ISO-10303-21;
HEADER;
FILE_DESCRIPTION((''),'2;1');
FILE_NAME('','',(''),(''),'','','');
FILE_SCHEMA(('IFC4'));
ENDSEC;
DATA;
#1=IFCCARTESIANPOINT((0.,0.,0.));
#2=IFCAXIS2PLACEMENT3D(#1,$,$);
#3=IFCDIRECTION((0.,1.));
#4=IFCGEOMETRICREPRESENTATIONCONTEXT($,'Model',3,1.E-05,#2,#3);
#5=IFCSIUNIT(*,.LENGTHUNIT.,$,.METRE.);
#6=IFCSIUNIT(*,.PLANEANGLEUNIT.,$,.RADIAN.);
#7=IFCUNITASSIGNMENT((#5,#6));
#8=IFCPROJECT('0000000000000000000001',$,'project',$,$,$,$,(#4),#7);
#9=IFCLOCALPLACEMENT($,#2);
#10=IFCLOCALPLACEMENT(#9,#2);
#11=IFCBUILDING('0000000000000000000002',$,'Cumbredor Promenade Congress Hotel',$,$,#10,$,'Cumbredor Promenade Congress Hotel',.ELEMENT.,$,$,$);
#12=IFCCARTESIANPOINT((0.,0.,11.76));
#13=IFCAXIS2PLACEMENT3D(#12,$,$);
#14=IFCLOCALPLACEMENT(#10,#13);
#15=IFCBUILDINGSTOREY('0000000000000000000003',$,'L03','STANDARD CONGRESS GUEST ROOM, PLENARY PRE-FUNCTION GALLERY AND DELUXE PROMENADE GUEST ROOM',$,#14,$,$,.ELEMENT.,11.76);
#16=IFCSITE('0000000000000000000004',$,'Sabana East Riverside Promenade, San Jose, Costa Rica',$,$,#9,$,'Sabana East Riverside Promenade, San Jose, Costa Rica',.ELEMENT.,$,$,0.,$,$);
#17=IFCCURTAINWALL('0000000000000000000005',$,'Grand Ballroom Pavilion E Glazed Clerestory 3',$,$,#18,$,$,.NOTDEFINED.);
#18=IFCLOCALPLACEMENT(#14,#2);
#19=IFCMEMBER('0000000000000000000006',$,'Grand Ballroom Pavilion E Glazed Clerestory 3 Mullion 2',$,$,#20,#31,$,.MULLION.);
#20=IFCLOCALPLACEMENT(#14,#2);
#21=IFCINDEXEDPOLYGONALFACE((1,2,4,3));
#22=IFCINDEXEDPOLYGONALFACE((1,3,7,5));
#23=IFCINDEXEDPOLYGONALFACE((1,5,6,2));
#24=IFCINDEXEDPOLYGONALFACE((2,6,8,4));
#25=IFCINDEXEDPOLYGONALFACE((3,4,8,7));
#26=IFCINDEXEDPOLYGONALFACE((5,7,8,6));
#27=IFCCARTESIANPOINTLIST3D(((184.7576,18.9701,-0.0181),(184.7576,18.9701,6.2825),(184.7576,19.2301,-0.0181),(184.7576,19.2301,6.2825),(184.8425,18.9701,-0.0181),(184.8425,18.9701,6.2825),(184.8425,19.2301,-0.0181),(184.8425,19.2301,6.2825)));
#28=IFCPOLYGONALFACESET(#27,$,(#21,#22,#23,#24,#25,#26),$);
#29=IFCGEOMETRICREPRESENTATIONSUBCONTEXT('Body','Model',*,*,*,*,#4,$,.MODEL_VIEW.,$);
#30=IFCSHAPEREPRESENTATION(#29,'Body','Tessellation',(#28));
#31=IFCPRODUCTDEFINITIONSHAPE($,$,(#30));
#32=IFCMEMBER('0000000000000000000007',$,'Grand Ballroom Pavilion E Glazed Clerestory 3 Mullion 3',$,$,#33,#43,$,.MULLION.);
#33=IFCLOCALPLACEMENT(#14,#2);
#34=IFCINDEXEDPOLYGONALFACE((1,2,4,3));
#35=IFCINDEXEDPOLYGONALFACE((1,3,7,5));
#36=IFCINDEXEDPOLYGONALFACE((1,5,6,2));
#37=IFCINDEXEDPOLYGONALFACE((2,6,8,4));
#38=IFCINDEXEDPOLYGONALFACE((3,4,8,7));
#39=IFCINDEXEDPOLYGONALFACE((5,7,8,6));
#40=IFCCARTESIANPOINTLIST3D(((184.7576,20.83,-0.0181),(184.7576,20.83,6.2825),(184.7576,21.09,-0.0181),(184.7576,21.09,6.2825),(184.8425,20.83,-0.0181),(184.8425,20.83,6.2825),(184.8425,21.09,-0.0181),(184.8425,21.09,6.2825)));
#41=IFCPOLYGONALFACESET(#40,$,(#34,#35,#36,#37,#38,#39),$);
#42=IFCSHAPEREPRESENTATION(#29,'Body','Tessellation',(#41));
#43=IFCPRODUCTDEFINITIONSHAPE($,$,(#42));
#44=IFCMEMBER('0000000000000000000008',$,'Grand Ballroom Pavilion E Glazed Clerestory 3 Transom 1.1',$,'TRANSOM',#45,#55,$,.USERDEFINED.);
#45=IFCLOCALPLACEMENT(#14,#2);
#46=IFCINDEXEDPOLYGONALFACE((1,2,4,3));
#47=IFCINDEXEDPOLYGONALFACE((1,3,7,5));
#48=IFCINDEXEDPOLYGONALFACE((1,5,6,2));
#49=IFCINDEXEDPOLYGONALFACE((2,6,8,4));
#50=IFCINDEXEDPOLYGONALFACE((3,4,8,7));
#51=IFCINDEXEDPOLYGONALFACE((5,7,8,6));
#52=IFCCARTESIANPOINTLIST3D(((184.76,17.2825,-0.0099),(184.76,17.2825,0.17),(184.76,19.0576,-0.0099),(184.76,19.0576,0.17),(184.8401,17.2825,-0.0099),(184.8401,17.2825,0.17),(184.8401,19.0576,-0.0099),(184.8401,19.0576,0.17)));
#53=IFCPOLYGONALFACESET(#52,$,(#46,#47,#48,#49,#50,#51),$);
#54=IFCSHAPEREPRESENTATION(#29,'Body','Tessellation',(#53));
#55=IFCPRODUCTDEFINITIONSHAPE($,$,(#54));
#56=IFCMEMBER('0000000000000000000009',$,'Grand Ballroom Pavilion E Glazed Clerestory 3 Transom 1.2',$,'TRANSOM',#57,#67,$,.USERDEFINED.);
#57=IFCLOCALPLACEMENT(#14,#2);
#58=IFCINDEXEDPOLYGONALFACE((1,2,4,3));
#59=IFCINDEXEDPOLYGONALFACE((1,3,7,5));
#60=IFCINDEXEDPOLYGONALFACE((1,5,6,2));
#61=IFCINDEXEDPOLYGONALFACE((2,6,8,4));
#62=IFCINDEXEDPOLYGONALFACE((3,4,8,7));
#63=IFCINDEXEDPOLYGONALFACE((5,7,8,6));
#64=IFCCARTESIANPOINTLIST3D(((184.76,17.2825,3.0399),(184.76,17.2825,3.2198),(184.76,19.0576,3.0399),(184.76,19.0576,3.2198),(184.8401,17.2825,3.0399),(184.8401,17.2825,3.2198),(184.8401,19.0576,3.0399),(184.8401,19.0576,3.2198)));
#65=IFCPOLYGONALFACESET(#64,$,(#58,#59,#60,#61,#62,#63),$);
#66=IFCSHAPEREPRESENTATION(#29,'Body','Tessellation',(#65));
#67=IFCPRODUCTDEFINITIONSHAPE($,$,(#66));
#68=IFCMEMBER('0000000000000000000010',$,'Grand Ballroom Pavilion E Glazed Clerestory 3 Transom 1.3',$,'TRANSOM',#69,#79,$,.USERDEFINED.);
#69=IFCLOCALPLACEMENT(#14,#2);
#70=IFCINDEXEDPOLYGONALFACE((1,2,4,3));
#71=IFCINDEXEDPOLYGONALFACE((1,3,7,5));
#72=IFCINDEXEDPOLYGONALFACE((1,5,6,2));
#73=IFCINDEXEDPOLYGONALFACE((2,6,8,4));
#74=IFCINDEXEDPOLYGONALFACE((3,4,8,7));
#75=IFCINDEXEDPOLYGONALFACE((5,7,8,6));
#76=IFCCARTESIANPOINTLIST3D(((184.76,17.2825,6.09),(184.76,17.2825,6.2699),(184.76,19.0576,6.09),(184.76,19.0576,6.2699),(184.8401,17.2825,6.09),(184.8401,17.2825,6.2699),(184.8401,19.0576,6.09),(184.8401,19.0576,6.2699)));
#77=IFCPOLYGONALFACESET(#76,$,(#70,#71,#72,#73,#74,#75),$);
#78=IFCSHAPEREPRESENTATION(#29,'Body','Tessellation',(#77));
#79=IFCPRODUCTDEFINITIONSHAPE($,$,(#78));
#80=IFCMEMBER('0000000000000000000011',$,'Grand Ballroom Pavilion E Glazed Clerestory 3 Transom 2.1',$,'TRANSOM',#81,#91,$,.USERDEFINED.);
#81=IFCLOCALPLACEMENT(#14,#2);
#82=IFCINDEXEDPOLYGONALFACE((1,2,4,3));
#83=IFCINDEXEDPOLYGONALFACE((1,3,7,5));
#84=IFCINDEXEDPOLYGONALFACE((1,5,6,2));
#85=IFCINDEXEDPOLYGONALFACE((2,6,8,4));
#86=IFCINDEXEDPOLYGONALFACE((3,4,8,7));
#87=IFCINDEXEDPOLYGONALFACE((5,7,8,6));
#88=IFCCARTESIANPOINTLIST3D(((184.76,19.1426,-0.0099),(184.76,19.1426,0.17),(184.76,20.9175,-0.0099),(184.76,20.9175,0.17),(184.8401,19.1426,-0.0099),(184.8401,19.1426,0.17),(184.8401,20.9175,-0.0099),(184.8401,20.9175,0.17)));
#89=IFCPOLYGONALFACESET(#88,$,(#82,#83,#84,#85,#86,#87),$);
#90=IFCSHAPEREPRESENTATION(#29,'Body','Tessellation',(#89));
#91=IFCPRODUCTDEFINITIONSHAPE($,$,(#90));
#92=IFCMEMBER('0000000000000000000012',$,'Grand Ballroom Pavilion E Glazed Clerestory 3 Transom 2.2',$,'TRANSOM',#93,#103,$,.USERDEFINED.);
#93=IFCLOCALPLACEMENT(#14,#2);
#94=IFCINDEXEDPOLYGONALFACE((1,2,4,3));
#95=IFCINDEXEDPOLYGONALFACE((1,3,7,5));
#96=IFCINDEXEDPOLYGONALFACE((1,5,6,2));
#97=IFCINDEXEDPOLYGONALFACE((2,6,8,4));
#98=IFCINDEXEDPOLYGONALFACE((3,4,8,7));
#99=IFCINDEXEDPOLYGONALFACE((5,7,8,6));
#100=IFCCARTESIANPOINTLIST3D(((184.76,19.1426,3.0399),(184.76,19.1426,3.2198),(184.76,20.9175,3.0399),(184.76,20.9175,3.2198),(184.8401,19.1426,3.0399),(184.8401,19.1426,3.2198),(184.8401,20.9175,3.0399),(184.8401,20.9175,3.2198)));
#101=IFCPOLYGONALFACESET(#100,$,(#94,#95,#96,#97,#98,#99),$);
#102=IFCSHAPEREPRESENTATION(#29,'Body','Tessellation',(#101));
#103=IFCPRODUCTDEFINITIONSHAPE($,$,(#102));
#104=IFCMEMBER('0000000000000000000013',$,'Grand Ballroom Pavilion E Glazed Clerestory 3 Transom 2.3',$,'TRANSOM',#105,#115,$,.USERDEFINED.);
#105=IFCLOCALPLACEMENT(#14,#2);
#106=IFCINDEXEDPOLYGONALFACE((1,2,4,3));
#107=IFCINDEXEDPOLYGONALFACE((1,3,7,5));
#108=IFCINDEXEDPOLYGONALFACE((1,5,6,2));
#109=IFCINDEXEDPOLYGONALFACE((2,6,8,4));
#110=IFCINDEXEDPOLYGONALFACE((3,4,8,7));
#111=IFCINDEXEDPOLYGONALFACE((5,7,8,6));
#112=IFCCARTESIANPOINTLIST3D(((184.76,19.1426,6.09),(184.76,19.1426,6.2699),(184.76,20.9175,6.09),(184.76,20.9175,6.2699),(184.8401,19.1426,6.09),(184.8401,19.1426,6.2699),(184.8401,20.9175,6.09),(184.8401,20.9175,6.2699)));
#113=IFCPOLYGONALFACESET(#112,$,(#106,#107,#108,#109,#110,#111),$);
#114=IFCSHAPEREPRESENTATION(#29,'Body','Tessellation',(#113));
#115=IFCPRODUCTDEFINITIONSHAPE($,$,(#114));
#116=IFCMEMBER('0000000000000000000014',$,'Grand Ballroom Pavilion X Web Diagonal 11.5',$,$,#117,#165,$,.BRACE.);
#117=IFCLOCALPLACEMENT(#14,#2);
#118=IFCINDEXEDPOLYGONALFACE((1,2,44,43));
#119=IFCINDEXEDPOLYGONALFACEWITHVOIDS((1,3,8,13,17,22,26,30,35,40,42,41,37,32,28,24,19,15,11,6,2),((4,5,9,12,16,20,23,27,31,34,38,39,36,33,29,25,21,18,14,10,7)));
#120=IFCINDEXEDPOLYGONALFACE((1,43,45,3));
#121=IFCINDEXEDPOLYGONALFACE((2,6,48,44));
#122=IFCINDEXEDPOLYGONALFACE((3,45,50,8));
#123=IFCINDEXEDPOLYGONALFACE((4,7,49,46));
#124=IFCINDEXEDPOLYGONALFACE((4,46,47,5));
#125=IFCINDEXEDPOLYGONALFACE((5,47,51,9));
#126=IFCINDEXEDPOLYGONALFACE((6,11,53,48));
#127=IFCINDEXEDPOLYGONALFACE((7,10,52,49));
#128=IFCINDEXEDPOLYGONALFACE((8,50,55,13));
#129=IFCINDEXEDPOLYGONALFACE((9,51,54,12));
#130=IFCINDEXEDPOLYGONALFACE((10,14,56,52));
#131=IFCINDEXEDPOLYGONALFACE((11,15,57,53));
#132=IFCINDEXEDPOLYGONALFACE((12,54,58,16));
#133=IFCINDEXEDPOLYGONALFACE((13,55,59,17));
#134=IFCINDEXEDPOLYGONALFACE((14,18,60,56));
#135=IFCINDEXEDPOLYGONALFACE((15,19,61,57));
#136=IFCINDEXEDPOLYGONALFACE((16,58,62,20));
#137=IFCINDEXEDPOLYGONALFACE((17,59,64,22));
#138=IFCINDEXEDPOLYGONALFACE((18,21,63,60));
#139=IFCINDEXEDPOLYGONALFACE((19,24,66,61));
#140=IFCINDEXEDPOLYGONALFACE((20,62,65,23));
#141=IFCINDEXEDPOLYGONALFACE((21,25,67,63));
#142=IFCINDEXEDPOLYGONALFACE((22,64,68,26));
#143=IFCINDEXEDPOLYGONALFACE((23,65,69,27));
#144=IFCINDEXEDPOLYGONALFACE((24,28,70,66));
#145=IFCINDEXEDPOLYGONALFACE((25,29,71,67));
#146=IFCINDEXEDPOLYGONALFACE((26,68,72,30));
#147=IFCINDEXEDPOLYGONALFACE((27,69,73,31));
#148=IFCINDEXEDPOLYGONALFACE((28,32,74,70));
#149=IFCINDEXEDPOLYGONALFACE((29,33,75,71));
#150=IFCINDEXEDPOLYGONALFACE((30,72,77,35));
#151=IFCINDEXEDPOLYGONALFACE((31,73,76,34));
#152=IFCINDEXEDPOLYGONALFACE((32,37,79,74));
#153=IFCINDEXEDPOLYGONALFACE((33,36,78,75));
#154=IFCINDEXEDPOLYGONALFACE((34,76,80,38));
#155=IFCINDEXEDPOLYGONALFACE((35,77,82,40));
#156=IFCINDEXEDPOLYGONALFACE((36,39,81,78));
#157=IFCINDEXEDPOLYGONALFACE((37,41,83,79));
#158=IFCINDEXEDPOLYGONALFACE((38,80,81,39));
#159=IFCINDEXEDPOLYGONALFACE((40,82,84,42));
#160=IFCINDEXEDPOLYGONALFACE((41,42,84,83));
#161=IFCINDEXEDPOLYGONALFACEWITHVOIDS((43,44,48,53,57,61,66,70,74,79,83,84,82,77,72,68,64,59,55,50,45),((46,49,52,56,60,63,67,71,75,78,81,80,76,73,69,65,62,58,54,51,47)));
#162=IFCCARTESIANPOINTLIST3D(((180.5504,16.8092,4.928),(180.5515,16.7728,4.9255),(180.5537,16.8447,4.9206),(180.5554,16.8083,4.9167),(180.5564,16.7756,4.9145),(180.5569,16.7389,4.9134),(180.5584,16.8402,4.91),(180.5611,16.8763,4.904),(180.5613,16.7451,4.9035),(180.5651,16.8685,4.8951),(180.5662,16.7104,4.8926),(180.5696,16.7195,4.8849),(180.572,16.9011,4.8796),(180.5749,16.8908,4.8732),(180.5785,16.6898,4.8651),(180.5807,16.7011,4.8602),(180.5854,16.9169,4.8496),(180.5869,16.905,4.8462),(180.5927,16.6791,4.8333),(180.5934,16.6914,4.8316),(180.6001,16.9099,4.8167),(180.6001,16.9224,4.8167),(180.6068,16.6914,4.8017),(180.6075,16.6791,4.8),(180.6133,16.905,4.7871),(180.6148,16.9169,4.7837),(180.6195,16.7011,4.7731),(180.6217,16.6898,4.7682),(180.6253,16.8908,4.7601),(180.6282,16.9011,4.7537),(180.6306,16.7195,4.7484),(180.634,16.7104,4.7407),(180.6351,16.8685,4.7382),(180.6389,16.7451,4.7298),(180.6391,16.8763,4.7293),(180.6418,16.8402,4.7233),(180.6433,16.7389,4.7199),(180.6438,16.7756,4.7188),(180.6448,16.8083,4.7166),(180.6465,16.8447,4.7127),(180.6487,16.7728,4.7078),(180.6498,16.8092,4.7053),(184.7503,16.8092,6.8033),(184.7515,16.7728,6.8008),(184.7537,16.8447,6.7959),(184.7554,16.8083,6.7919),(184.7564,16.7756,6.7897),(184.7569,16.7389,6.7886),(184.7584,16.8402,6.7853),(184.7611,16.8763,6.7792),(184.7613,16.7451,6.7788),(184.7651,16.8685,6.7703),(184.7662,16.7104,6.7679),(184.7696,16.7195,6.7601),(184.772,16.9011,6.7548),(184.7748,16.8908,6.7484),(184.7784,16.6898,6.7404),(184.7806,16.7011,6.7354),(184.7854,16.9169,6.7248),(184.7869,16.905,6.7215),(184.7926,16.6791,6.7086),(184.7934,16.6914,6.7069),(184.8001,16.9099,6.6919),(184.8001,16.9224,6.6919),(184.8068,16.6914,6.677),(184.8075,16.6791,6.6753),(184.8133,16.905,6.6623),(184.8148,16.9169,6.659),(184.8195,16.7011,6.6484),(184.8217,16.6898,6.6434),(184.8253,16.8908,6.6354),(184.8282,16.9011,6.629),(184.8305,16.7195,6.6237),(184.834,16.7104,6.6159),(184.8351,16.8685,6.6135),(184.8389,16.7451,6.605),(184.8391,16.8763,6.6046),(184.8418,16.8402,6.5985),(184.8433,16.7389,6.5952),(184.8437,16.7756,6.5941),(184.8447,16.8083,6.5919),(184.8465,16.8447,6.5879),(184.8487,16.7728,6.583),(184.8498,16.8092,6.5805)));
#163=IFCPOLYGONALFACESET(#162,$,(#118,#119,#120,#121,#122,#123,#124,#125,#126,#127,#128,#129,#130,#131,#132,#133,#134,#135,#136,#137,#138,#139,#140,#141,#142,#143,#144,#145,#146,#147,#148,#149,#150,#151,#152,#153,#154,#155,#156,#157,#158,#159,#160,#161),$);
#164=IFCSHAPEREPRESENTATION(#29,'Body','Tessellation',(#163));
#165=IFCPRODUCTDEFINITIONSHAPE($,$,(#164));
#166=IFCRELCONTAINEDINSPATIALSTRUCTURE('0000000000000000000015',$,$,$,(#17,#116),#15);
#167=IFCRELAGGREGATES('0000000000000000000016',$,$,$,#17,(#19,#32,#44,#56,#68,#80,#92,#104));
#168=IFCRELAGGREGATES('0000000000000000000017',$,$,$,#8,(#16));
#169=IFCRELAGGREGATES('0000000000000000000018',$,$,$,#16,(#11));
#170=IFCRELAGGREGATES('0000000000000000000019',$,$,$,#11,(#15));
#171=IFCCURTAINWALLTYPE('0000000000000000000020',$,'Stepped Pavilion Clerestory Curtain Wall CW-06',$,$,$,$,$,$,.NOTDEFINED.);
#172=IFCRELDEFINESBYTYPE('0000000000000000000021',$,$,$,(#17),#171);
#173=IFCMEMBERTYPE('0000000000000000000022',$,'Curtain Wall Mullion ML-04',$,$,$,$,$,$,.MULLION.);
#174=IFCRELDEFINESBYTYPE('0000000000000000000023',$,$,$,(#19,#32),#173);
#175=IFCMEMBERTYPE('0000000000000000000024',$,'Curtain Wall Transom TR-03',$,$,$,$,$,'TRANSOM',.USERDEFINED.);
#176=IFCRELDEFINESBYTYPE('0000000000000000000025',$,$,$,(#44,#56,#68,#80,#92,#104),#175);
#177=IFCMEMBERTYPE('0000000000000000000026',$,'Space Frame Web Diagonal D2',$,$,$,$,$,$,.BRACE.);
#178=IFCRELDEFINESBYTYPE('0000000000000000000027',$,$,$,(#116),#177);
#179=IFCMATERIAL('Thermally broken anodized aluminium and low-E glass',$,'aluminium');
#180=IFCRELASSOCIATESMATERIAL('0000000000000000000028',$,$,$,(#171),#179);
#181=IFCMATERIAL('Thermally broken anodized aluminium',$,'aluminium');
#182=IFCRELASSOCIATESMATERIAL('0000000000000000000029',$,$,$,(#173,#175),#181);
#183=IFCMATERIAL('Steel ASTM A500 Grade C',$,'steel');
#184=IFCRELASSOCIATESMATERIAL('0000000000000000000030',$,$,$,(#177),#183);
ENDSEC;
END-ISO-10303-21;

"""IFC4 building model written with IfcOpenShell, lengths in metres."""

from ifc_helpers import new_model, si_unit, direction, frame, origin, origin_2d, place, context, subcontext, project, spatial, rectangle, hollow_circle, extrude, material, material_profile, profile_set, type_object, element, aggregate, save


model = new_model("IFC4")

# Units and contexts
model_context = context("Model", 3, precision=1e-05, world=origin(), true_north=direction((0.0, 1.0)))
body_context = subcontext(model_context, "Body", "Model", "MODEL_VIEW")
ifc_project = project(units=[si_unit("LENGTHUNIT", "METRE"), si_unit("PLANEANGLEUNIT", "RADIAN")], contexts=[model_context])

# Site, building, storey
site_placement = place(None, origin())
site = spatial("IfcSite", under=ifc_project, at=site_placement, Name="Sabana East Riverside Promenade, San Jose, Costa Rica", LongName="Sabana East Riverside Promenade, San Jose, Costa Rica", CompositionType="ELEMENT", RefElevation=0.0)
building_placement = place(site_placement, origin())
building = spatial("IfcBuilding", under=site, at=building_placement, Name="Cumbredor Promenade Congress Hotel", LongName="Cumbredor Promenade Congress Hotel", CompositionType="ELEMENT")
storey_placement = place(building_placement, frame((0.0, 0.0, 11.76)))
storey = spatial("IfcBuildingStorey", under=building, at=storey_placement, Name="L03", Description="STANDARD CONGRESS GUEST ROOM, PLENARY PRE-FUNCTION GALLERY AND DELUXE PROMENADE GUEST ROOM", CompositionType="ELEMENT", Elevation=11.76)

# Shared definitions
ifc_material_1 = material(Name="Steel ASTM A500 Grade C", Category="steel")

# Shared definitions
ifc_material_2 = material(Name="Thermally broken anodized aluminium and low-E glass", Category="aluminium")
curtain_wall_type = type_object("IfcCurtainWallType", Name="Stepped Pavilion Clerestory Curtain Wall CW-06", PredefinedType="NOTDEFINED", material=ifc_material_2)
ifc_material_3 = material(Name="Thermally broken anodized aluminium", Category="aluminium")
ifc_material_profile_1 = material_profile(ifc_material_3, rectangle(XDim=0.085, YDim=0.26, at=origin_2d()), Name="ALU MULLION CLERESTORY 85x260")
ifc_profile_set_1 = profile_set([ifc_material_profile_1], Name="Thermally broken anodized aluminium")
member_type_1 = type_object("IfcMemberType", Name="Curtain Wall Mullion ML-04", PredefinedType="MULLION", material=ifc_profile_set_1)

# Curtain wall, members
curtain_wall_1_placement = place(storey_placement, origin())
curtain_wall_1 = element("IfcCurtainWall", 1, at=curtain_wall_1_placement, inside=storey, type_object=curtain_wall_type, Name="Grand Ballroom Pavilion E Glazed Clerestory 3", PredefinedType="NOTDEFINED")
member_1_placement = place(storey_placement, frame((184.8, 19.1001, -0.0181), z_axis=(0.0, 0.0, 1.0), x_axis=(1.0, 0.0, 0.0)))
member_1 = element("IfcMember", 2, at=member_1_placement, type_object=member_type_1, Name="Grand Ballroom Pavilion E Glazed Clerestory 3 Mullion 2", PredefinedType="MULLION", context=body_context, shape_type="SweptSolid", body=[
    extrude(rectangle(XDim=0.085, YDim=0.26, at=origin_2d()), origin(), (0.0, 0.0, 1.0), 6.3005),
])
member_2_placement = place(storey_placement, frame((184.8, 20.96, -0.0181), z_axis=(0.0, 0.0, 1.0), x_axis=(1.0, 0.0, 0.0)))
member_2 = element("IfcMember", 3, at=member_2_placement, type_object=member_type_1, Name="Grand Ballroom Pavilion E Glazed Clerestory 3 Mullion 3", PredefinedType="MULLION", context=body_context, shape_type="SweptSolid", body=[
    extrude(rectangle(XDim=0.085, YDim=0.26, at=origin_2d()), origin(), (0.0, 0.0, 1.0), 6.3005),
])
ifc_material_profile_2 = material_profile(ifc_material_3, rectangle(XDim=0.0801, YDim=0.1799, at=origin_2d()), Name="ALU TRANSOM 80x180")
ifc_profile_set_2 = profile_set([ifc_material_profile_2], Name="Thermally broken anodized aluminium")
member_type_2 = type_object("IfcMemberType", Name="Curtain Wall Transom TR-03", ElementType="TRANSOM", PredefinedType="USERDEFINED", material=ifc_profile_set_2)
member_3_placement = place(storey_placement, frame((184.8, 17.2825, 0.0801), z_axis=(0.0, 1.0, 0.0), x_axis=(-1.0, 0.0, 0.0)))
member_3 = element("IfcMember", 4, at=member_3_placement, type_object=member_type_2, Name="Grand Ballroom Pavilion E Glazed Clerestory 3 Transom 1.1", ObjectType="TRANSOM", PredefinedType="USERDEFINED", context=body_context, shape_type="SweptSolid", body=[
    extrude(rectangle(XDim=0.0801, YDim=0.1799, at=origin_2d()), origin(), (0.0, 0.0, 1.0), 1.7751),
])
member_4_placement = place(storey_placement, frame((184.8, 17.2825, 3.1299), z_axis=(0.0, 1.0, 0.0), x_axis=(-1.0, 0.0, 0.0)))
member_4 = element("IfcMember", 5, at=member_4_placement, type_object=member_type_2, Name="Grand Ballroom Pavilion E Glazed Clerestory 3 Transom 1.2", ObjectType="TRANSOM", PredefinedType="USERDEFINED", context=body_context, shape_type="SweptSolid", body=[
    extrude(rectangle(XDim=0.0801, YDim=0.1799, at=origin_2d()), origin(), (0.0, 0.0, 1.0), 1.7751),
])
member_5_placement = place(storey_placement, frame((184.8, 17.2825, 6.1799), z_axis=(0.0, 1.0, 0.0), x_axis=(-1.0, 0.0, 0.0)))
member_5 = element("IfcMember", 6, at=member_5_placement, type_object=member_type_2, Name="Grand Ballroom Pavilion E Glazed Clerestory 3 Transom 1.3", ObjectType="TRANSOM", PredefinedType="USERDEFINED", context=body_context, shape_type="SweptSolid", body=[
    extrude(rectangle(XDim=0.0801, YDim=0.1799, at=origin_2d()), origin(), (0.0, 0.0, 1.0), 1.7751),
])
member_6_placement = place(storey_placement, frame((184.8, 19.1426, 0.0801), z_axis=(0.0, 1.0, 0.0), x_axis=(-1.0, 0.0, 0.0)))
member_6 = element("IfcMember", 7, at=member_6_placement, type_object=member_type_2, Name="Grand Ballroom Pavilion E Glazed Clerestory 3 Transom 2.1", ObjectType="TRANSOM", PredefinedType="USERDEFINED", context=body_context, shape_type="SweptSolid", body=[
    extrude(rectangle(XDim=0.0801, YDim=0.1799, at=origin_2d()), origin(), (0.0, 0.0, 1.0), 1.7749),
])
member_7_placement = place(storey_placement, frame((184.8, 19.1426, 3.1299), z_axis=(0.0, 1.0, 0.0), x_axis=(-1.0, 0.0, 0.0)))
member_7 = element("IfcMember", 8, at=member_7_placement, type_object=member_type_2, Name="Grand Ballroom Pavilion E Glazed Clerestory 3 Transom 2.2", ObjectType="TRANSOM", PredefinedType="USERDEFINED", context=body_context, shape_type="SweptSolid", body=[
    extrude(rectangle(XDim=0.0801, YDim=0.1799, at=origin_2d()), origin(), (0.0, 0.0, 1.0), 1.7749),
])
member_8_placement = place(storey_placement, frame((184.8, 19.1426, 6.1799), z_axis=(0.0, 1.0, 0.0), x_axis=(-1.0, 0.0, 0.0)))
member_8 = element("IfcMember", 9, at=member_8_placement, type_object=member_type_2, Name="Grand Ballroom Pavilion E Glazed Clerestory 3 Transom 2.3", ObjectType="TRANSOM", PredefinedType="USERDEFINED", context=body_context, shape_type="SweptSolid", body=[
    extrude(rectangle(XDim=0.0801, YDim=0.1799, at=origin_2d()), origin(), (0.0, 0.0, 1.0), 1.7749),
])

# Member
ifc_material_profile_3 = material_profile(ifc_material_1, hollow_circle(Radius=0.1223, WallThickness=0.0125, at=origin_2d()), Name="CHS 244.5x12.5")
ifc_profile_set_3 = profile_set([ifc_material_profile_3], Name="Steel ASTM A500 Grade C")
member_type_3 = type_object("IfcMemberType", Name="Space Frame Web Diagonal D2", PredefinedType="BRACE", material=ifc_profile_set_3)
member_9_placement = place(storey_placement, frame((180.6001, 16.8, 4.8167), z_axis=(0.913116, 0.0, 0.407699), x_axis=(0.0, 1.0, 0.0)))
element("IfcMember", 10, at=member_9_placement, inside=storey, type_object=member_type_3, Name="Grand Ballroom Pavilion X Web Diagonal 11.5", PredefinedType="BRACE", context=body_context, shape_type="SweptSolid", body=[
    extrude(hollow_circle(Radius=0.1223, WallThickness=0.0125, at=origin_2d()), origin(), (0.0, 0.0, 1.0), 4.5996),
])

aggregate(curtain_wall_1, [member_1, member_2, member_3, member_4, member_5, member_6, member_7, member_8])

save(model, "model.ifc")
